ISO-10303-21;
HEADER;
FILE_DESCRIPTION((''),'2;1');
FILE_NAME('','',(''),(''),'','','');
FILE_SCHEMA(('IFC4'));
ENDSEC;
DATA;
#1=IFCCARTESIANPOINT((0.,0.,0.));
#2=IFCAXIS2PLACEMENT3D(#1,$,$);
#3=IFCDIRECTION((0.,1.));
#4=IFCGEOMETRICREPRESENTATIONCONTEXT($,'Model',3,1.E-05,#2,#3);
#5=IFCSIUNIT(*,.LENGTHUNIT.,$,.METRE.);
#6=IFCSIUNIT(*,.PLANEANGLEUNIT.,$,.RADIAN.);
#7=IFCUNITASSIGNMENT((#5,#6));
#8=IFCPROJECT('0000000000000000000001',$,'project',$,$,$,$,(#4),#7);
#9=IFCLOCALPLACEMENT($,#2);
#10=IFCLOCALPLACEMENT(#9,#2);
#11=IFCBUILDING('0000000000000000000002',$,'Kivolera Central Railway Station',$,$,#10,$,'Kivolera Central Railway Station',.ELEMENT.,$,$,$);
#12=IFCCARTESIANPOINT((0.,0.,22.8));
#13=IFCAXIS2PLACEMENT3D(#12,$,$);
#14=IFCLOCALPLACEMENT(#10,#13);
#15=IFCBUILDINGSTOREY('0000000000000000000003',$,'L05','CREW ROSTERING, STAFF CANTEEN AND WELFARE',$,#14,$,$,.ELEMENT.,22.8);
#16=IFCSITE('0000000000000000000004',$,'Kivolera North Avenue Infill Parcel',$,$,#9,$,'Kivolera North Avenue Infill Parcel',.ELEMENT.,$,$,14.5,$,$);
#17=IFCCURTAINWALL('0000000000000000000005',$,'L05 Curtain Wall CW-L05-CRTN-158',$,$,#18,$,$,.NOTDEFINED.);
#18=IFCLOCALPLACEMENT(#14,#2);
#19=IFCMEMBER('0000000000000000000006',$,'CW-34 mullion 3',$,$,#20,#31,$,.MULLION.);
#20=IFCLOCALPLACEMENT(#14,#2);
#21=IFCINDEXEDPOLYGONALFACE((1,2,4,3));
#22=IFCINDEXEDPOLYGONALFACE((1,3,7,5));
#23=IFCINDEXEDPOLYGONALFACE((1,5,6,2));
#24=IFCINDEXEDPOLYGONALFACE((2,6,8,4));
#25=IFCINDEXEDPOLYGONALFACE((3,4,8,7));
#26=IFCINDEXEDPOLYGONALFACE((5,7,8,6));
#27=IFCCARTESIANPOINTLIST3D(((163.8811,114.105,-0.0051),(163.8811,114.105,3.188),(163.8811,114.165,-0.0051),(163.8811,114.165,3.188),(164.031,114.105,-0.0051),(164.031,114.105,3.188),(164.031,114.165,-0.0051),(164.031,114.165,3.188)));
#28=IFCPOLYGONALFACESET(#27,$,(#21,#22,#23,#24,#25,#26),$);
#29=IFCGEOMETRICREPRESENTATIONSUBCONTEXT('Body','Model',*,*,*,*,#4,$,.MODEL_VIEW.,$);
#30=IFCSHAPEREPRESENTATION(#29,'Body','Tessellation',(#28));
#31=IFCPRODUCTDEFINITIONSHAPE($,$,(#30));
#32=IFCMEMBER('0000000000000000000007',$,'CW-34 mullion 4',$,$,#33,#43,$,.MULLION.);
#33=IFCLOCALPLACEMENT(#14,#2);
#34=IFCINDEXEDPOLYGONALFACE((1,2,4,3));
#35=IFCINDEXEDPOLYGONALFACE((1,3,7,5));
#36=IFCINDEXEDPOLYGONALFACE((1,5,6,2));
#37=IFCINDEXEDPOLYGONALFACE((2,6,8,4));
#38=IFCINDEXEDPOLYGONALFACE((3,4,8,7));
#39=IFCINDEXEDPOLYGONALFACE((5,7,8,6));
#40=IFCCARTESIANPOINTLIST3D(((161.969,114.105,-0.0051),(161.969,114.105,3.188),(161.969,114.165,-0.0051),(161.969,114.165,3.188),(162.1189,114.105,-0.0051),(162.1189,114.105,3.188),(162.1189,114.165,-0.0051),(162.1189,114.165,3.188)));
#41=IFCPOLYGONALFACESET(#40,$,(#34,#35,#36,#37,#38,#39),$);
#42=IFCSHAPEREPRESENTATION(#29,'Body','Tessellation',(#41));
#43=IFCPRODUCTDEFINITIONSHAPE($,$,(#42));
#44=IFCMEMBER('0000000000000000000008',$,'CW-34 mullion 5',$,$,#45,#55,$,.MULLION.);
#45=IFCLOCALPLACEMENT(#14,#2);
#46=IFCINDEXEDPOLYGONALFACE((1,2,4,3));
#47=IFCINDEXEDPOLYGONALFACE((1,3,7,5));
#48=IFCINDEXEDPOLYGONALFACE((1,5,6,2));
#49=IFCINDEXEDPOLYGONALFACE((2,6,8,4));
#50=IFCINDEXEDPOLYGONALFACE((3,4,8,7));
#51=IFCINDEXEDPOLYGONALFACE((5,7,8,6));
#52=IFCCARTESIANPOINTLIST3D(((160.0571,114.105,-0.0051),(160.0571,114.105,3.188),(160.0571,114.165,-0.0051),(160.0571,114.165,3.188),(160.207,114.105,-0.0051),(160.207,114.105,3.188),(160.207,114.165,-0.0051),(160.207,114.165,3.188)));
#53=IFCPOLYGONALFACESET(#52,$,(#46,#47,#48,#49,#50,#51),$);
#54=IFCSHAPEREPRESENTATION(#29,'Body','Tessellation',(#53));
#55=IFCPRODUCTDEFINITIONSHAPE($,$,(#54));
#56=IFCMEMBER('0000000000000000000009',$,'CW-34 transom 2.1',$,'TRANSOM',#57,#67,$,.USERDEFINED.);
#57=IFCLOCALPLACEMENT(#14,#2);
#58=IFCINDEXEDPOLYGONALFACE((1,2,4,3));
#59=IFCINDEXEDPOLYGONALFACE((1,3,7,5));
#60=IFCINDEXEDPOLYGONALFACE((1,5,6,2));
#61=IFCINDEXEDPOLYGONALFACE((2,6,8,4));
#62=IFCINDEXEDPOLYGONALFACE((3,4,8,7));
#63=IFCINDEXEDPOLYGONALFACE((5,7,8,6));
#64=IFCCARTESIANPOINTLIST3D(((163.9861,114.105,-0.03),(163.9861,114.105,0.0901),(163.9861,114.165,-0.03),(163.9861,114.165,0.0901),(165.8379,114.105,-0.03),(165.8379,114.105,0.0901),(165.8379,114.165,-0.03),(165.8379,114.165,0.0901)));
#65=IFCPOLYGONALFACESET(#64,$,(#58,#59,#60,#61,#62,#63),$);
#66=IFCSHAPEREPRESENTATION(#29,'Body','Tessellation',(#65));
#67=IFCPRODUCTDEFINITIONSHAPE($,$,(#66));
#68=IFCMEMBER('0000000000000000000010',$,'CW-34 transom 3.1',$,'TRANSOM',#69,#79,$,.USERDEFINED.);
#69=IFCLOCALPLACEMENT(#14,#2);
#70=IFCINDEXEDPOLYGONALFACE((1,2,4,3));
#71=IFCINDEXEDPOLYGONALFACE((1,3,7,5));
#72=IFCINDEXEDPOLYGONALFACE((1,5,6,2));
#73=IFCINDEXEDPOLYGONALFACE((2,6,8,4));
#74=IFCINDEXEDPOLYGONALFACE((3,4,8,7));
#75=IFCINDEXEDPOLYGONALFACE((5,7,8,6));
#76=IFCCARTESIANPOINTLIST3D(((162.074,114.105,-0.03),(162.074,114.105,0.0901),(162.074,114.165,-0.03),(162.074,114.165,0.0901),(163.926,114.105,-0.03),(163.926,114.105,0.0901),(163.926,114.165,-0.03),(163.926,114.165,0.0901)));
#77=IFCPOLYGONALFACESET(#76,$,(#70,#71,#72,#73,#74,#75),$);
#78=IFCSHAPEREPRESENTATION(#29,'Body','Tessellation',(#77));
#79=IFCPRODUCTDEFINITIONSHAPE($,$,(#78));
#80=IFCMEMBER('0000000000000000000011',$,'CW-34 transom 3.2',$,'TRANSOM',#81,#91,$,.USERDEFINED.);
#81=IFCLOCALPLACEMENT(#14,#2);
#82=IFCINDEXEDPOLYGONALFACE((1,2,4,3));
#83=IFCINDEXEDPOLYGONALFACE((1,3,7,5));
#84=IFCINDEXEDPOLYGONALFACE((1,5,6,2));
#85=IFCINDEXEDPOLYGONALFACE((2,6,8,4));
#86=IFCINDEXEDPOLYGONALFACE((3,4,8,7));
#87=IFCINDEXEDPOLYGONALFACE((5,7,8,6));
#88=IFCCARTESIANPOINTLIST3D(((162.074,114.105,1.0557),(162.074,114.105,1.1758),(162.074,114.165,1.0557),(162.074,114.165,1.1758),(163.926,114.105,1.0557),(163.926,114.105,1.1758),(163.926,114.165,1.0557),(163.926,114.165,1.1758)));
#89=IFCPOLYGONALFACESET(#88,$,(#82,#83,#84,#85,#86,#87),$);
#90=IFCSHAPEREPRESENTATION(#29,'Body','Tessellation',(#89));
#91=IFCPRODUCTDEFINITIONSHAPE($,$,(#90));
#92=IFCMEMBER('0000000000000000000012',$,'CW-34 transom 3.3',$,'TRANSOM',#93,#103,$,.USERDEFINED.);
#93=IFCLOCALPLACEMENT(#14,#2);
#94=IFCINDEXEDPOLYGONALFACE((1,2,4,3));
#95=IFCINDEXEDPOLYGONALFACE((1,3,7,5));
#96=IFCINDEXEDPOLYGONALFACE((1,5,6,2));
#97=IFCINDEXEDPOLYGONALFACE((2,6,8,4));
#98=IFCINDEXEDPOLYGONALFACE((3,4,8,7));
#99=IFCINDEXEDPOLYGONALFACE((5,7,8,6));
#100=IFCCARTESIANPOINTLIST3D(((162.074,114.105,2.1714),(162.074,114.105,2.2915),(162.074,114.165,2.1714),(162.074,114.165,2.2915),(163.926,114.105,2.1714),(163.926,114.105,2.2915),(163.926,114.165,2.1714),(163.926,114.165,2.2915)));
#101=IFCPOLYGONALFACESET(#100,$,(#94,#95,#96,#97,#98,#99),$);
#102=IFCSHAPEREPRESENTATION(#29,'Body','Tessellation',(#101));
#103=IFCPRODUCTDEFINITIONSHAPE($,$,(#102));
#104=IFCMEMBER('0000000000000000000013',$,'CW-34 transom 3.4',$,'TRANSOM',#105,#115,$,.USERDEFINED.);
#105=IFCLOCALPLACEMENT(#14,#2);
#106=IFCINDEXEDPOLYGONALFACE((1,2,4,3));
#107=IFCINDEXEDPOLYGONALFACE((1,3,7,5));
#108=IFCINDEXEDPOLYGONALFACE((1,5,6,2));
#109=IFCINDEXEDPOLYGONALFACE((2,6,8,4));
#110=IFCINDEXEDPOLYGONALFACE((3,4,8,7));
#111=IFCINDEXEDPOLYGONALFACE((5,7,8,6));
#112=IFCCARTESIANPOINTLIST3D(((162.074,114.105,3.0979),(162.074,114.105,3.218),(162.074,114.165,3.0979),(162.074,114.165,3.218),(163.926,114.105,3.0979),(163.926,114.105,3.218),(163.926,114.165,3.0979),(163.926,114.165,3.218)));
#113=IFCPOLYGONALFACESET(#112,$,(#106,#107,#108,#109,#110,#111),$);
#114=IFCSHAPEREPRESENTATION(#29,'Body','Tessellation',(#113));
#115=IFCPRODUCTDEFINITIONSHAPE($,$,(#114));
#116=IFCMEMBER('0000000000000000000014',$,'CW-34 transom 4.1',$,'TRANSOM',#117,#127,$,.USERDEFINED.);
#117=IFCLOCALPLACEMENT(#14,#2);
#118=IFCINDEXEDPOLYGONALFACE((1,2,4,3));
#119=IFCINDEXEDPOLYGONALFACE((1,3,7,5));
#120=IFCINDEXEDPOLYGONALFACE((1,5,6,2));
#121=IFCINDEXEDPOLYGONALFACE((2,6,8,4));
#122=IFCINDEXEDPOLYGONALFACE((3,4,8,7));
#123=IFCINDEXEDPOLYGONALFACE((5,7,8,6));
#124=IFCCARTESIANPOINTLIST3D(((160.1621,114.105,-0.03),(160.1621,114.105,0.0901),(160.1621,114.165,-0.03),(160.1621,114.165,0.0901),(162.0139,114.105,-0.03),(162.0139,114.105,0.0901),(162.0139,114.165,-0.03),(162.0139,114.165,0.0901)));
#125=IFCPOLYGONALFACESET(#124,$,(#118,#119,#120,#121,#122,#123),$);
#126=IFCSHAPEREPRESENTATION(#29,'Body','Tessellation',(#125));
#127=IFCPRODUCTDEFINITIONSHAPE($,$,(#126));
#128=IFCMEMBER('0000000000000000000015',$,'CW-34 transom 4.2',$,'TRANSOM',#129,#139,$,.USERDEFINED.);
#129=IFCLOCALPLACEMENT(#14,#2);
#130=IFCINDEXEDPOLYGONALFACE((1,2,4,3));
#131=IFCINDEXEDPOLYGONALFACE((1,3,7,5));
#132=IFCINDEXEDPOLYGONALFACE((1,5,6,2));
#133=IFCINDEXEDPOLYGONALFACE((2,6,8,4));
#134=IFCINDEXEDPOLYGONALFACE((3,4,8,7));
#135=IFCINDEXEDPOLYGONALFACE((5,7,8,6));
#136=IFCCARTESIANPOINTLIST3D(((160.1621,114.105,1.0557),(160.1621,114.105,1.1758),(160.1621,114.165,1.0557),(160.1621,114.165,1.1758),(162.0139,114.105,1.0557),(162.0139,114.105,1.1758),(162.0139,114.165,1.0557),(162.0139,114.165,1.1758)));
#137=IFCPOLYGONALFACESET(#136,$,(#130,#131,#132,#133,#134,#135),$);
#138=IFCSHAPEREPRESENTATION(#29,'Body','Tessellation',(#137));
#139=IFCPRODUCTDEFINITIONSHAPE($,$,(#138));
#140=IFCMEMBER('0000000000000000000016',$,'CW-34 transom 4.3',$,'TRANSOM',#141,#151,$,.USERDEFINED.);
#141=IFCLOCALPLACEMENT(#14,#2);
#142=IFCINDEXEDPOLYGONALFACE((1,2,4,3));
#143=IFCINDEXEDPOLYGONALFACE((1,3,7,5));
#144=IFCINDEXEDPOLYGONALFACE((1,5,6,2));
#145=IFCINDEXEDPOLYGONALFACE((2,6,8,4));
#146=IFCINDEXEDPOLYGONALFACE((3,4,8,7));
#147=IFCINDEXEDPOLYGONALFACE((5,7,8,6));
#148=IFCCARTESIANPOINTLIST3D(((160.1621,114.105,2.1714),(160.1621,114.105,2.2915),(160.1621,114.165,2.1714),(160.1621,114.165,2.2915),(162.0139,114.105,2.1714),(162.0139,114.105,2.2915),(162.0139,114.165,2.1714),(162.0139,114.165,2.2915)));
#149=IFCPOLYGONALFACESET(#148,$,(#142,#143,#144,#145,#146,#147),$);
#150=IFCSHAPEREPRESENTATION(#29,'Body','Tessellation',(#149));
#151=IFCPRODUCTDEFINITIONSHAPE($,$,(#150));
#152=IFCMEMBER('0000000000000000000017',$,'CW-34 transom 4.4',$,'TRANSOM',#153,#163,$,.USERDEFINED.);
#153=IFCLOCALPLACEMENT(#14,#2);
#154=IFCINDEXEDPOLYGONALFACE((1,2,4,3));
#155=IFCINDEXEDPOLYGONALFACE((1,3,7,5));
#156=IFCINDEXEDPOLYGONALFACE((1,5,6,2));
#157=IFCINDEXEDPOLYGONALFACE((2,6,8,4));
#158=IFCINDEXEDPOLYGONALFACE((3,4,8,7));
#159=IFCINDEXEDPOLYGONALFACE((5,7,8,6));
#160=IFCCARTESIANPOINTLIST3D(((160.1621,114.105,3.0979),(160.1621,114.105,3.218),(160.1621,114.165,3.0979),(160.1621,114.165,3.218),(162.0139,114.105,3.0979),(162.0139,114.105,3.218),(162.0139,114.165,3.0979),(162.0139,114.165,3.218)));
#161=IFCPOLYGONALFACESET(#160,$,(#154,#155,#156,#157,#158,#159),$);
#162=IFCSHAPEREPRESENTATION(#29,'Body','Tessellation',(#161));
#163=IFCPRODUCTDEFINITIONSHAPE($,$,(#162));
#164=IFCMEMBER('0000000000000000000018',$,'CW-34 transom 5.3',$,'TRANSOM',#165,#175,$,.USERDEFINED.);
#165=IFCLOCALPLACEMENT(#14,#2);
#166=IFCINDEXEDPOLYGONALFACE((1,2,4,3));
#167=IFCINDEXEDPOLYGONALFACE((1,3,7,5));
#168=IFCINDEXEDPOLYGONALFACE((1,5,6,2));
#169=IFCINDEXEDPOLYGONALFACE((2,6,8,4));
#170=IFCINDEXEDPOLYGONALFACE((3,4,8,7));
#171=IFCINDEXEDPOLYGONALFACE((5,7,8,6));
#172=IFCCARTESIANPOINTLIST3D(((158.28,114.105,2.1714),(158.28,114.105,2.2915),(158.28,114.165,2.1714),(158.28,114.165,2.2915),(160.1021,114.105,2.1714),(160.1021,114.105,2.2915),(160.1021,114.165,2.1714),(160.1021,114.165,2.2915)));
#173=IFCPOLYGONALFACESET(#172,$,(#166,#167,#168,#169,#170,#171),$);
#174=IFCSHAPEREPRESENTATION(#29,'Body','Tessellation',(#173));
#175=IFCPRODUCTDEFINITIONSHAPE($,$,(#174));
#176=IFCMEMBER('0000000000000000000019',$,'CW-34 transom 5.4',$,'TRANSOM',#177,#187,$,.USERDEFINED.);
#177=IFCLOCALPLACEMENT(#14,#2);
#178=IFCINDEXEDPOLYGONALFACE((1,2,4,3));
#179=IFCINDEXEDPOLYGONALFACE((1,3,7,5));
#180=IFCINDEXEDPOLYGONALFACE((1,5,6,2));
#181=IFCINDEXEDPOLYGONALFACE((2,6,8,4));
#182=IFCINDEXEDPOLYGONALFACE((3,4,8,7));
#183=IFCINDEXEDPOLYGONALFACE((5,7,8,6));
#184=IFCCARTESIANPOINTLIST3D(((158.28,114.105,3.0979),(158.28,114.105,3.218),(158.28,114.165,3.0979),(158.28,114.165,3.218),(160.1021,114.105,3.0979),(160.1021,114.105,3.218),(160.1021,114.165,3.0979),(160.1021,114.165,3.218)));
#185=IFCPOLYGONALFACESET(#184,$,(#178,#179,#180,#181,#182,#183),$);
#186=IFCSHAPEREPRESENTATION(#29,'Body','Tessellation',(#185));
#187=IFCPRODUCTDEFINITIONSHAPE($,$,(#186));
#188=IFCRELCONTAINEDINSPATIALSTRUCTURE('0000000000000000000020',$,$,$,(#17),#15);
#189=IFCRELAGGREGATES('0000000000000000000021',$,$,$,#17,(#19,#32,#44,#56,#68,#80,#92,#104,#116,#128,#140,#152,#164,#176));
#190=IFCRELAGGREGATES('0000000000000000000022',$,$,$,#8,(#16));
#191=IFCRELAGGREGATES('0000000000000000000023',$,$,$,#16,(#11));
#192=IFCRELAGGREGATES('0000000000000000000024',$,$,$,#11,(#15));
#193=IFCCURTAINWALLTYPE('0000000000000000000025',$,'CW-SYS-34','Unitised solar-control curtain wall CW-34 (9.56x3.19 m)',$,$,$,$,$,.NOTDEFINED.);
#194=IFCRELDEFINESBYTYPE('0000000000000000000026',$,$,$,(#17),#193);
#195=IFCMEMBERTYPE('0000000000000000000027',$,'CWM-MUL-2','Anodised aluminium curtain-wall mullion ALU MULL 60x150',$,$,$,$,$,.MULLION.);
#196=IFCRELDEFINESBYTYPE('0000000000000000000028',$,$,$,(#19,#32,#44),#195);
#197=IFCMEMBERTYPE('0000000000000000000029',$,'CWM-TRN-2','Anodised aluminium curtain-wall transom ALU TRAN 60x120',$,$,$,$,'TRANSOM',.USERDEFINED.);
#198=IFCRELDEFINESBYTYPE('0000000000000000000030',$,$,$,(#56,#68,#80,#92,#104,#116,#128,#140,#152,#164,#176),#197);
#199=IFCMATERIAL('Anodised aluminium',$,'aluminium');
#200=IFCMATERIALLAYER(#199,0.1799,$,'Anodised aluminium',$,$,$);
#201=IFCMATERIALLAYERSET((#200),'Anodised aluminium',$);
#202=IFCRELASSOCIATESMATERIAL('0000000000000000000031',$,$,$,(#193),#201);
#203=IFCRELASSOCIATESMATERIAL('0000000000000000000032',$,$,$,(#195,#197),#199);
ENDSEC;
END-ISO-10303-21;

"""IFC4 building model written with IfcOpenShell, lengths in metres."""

from ifc_helpers import new_model, si_unit, direction, frame, origin, origin_2d, place, context, subcontext, project, spatial, rectangle, extrude, material, layer, layer_set, material_profile, profile_set, type_object, element, aggregate, save


model = new_model("IFC4")

# Units and contexts
model_context = context("Model", 3, precision=1e-05, world=origin(), true_north=direction((0.0, 1.0)))
body_context = subcontext(model_context, "Body", "Model", "MODEL_VIEW")
ifc_project = project(units=[si_unit("LENGTHUNIT", "METRE"), si_unit("PLANEANGLEUNIT", "RADIAN")], contexts=[model_context])

# Site, building, storey
site_placement = place(None, origin())
site = spatial("IfcSite", under=ifc_project, at=site_placement, Name="Kivolera North Avenue Infill Parcel", LongName="Kivolera North Avenue Infill Parcel", CompositionType="ELEMENT", RefElevation=14.5)
building_placement = place(site_placement, origin())
building = spatial("IfcBuilding", under=site, at=building_placement, Name="Kivolera Central Railway Station", LongName="Kivolera Central Railway Station", CompositionType="ELEMENT")
storey_placement = place(building_placement, frame((0.0, 0.0, 22.8)))
storey = spatial("IfcBuildingStorey", under=building, at=storey_placement, Name="L05", Description="CREW ROSTERING, STAFF CANTEEN AND WELFARE", CompositionType="ELEMENT", Elevation=22.8)

# Curtain wall, members
ifc_material_1 = material(Name="Anodised aluminium", Category="aluminium")
ifc_layer_1 = layer(ifc_material_1, 0.1799, Name="Anodised aluminium")
ifc_layer_set_1 = layer_set([ifc_layer_1], Name="Anodised aluminium")
curtain_wall_type = type_object("IfcCurtainWallType", Name="CW-SYS-34", Description="Unitised solar-control curtain wall CW-34 (9.56x3.19 m)", PredefinedType="NOTDEFINED", material=ifc_layer_set_1)
curtain_wall_placement = place(storey_placement, origin())
curtain_wall = element("IfcCurtainWall", 1, at=curtain_wall_placement, inside=storey, type_object=curtain_wall_type, Name="L05 Curtain Wall CW-L05-CRTN-158", PredefinedType="NOTDEFINED")
ifc_material_profile_1 = material_profile(ifc_material_1, rectangle(XDim=0.0601, YDim=0.1499, at=origin_2d()), Name="ALU MULL 60x150")
ifc_profile_set_1 = profile_set([ifc_material_profile_1], Name="Anodised aluminium")
member_type_1 = type_object("IfcMemberType", Name="CWM-MUL-2", Description="Anodised aluminium curtain-wall mullion ALU MULL 60x150", PredefinedType="MULLION", material=ifc_profile_set_1)
member_1_placement = place(storey_placement, frame((163.9561, 114.135, -0.0051), z_axis=(0.0, 0.0, 1.0), x_axis=(0.0, -1.0, 0.0)))
member_1 = element("IfcMember", 2, at=member_1_placement, type_object=member_type_1, Name="CW-34 mullion 3", PredefinedType="MULLION", context=body_context, shape_type="SweptSolid", body=[
    extrude(rectangle(XDim=0.0601, YDim=0.1499, at=origin_2d()), origin(), (0.0, 0.0, 1.0), 3.1931),
])
member_2_placement = place(storey_placement, frame((162.0439, 114.135, -0.0051), z_axis=(0.0, 0.0, 1.0), x_axis=(0.0, -1.0, 0.0)))
member_2 = element("IfcMember", 3, at=member_2_placement, type_object=member_type_1, Name="CW-34 mullion 4", PredefinedType="MULLION", context=body_context, shape_type="SweptSolid", body=[
    extrude(rectangle(XDim=0.0601, YDim=0.1499, at=origin_2d()), origin(), (0.0, 0.0, 1.0), 3.1931),
])
member_3_placement = place(storey_placement, frame((160.1321, 114.135, -0.0051), z_axis=(0.0, 0.0, 1.0), x_axis=(0.0, -1.0, 0.0)))
member_3 = element("IfcMember", 4, at=member_3_placement, type_object=member_type_1, Name="CW-34 mullion 5", PredefinedType="MULLION", context=body_context, shape_type="SweptSolid", body=[
    extrude(rectangle(XDim=0.0601, YDim=0.1499, at=origin_2d()), origin(), (0.0, 0.0, 1.0), 3.1931),
])
ifc_material_profile_2 = material_profile(ifc_material_1, rectangle(XDim=0.0601, YDim=0.1201, at=origin_2d()), Name="ALU TRAN 60x120")
ifc_profile_set_2 = profile_set([ifc_material_profile_2], Name="Anodised aluminium")
member_type_2 = type_object("IfcMemberType", Name="CWM-TRN-2", Description="Anodised aluminium curtain-wall transom ALU TRAN 60x120", ElementType="TRANSOM", PredefinedType="USERDEFINED", material=ifc_profile_set_2)
member_4_placement = place(storey_placement, frame((165.8379, 114.135, 0.03), z_axis=(-1.0, 0.0, 0.0), x_axis=(0.0, -1.0, 0.0)))
member_4 = element("IfcMember", 5, at=member_4_placement, type_object=member_type_2, Name="CW-34 transom 2.1", ObjectType="TRANSOM", PredefinedType="USERDEFINED", context=body_context, shape_type="SweptSolid", body=[
    extrude(rectangle(XDim=0.0601, YDim=0.1201, at=origin_2d()), origin(), (0.0, 0.0, 1.0), 1.8518),
])
member_5_placement = place(storey_placement, frame((163.926, 114.135, 0.03), z_axis=(-1.0, 0.0, 0.0), x_axis=(0.0, -1.0, 0.0)))
member_5 = element("IfcMember", 6, at=member_5_placement, type_object=member_type_2, Name="CW-34 transom 3.1", ObjectType="TRANSOM", PredefinedType="USERDEFINED", context=body_context, shape_type="SweptSolid", body=[
    extrude(rectangle(XDim=0.0601, YDim=0.1201, at=origin_2d()), origin(), (0.0, 0.0, 1.0), 1.8521),
])
member_6_placement = place(storey_placement, frame((163.926, 114.135, 1.1157), z_axis=(-1.0, 0.0, 0.0), x_axis=(0.0, -1.0, 0.0)))
member_6 = element("IfcMember", 7, at=member_6_placement, type_object=member_type_2, Name="CW-34 transom 3.2", ObjectType="TRANSOM", PredefinedType="USERDEFINED", context=body_context, shape_type="SweptSolid", body=[
    extrude(rectangle(XDim=0.0601, YDim=0.1201, at=origin_2d()), origin(), (0.0, 0.0, 1.0), 1.8521),
])
member_7_placement = place(storey_placement, frame((163.926, 114.135, 2.2314), z_axis=(-1.0, 0.0, 0.0), x_axis=(0.0, -1.0, 0.0)))
member_7 = element("IfcMember", 8, at=member_7_placement, type_object=member_type_2, Name="CW-34 transom 3.3", ObjectType="TRANSOM", PredefinedType="USERDEFINED", context=body_context, shape_type="SweptSolid", body=[
    extrude(rectangle(XDim=0.0601, YDim=0.1201, at=origin_2d()), origin(), (0.0, 0.0, 1.0), 1.8521),
])
member_8_placement = place(storey_placement, frame((163.926, 114.135, 3.158), z_axis=(-1.0, 0.0, 0.0), x_axis=(0.0, -1.0, 0.0)))
member_8 = element("IfcMember", 9, at=member_8_placement, type_object=member_type_2, Name="CW-34 transom 3.4", ObjectType="TRANSOM", PredefinedType="USERDEFINED", context=body_context, shape_type="SweptSolid", body=[
    extrude(rectangle(XDim=0.0601, YDim=0.1201, at=origin_2d()), origin(), (0.0, 0.0, 1.0), 1.8521),
])
member_9_placement = place(storey_placement, frame((162.0139, 114.135, 0.03), z_axis=(-1.0, 0.0, 0.0), x_axis=(0.0, -1.0, 0.0)))
member_9 = element("IfcMember", 10, at=member_9_placement, type_object=member_type_2, Name="CW-34 transom 4.1", ObjectType="TRANSOM", PredefinedType="USERDEFINED", context=body_context, shape_type="SweptSolid", body=[
    extrude(rectangle(XDim=0.0601, YDim=0.1201, at=origin_2d()), origin(), (0.0, 0.0, 1.0), 1.8518),
])
member_10_placement = place(storey_placement, frame((162.0139, 114.135, 1.1157), z_axis=(-1.0, 0.0, 0.0), x_axis=(0.0, -1.0, 0.0)))
member_10 = element("IfcMember", 11, at=member_10_placement, type_object=member_type_2, Name="CW-34 transom 4.2", ObjectType="TRANSOM", PredefinedType="USERDEFINED", context=body_context, shape_type="SweptSolid", body=[
    extrude(rectangle(XDim=0.0601, YDim=0.1201, at=origin_2d()), origin(), (0.0, 0.0, 1.0), 1.8518),
])
member_11_placement = place(storey_placement, frame((162.0139, 114.135, 2.2314), z_axis=(-1.0, 0.0, 0.0), x_axis=(0.0, -1.0, 0.0)))
member_11 = element("IfcMember", 12, at=member_11_placement, type_object=member_type_2, Name="CW-34 transom 4.3", ObjectType="TRANSOM", PredefinedType="USERDEFINED", context=body_context, shape_type="SweptSolid", body=[
    extrude(rectangle(XDim=0.0601, YDim=0.1201, at=origin_2d()), origin(), (0.0, 0.0, 1.0), 1.8518),
])
member_12_placement = place(storey_placement, frame((162.0139, 114.135, 3.158), z_axis=(-1.0, 0.0, 0.0), x_axis=(0.0, -1.0, 0.0)))
member_12 = element("IfcMember", 13, at=member_12_placement, type_object=member_type_2, Name="CW-34 transom 4.4", ObjectType="TRANSOM", PredefinedType="USERDEFINED", context=body_context, shape_type="SweptSolid", body=[
    extrude(rectangle(XDim=0.0601, YDim=0.1201, at=origin_2d()), origin(), (0.0, 0.0, 1.0), 1.8518),
])
member_13_placement = place(storey_placement, frame((160.1021, 114.135, 2.2314), z_axis=(-1.0, 0.0, 0.0), x_axis=(0.0, -1.0, 0.0)))
member_13 = element("IfcMember", 14, at=member_13_placement, type_object=member_type_2, Name="CW-34 transom 5.3", ObjectType="TRANSOM", PredefinedType="USERDEFINED", context=body_context, shape_type="SweptSolid", body=[
    extrude(rectangle(XDim=0.0601, YDim=0.1201, at=origin_2d()), origin(), (0.0, 0.0, 1.0), 1.822),
])
member_14_placement = place(storey_placement, frame((160.1021, 114.135, 3.158), z_axis=(-1.0, 0.0, 0.0), x_axis=(0.0, -1.0, 0.0)))
member_14 = element("IfcMember", 15, at=member_14_placement, type_object=member_type_2, Name="CW-34 transom 5.4", ObjectType="TRANSOM", PredefinedType="USERDEFINED", context=body_context, shape_type="SweptSolid", body=[
    extrude(rectangle(XDim=0.0601, YDim=0.1201, at=origin_2d()), origin(), (0.0, 0.0, 1.0), 1.822),
])
aggregate(curtain_wall, [member_1, member_2, member_3, member_4, member_5, member_6, member_7, member_8, member_9, member_10, member_11, member_12, member_13, member_14])

save(model, "model.ifc")
